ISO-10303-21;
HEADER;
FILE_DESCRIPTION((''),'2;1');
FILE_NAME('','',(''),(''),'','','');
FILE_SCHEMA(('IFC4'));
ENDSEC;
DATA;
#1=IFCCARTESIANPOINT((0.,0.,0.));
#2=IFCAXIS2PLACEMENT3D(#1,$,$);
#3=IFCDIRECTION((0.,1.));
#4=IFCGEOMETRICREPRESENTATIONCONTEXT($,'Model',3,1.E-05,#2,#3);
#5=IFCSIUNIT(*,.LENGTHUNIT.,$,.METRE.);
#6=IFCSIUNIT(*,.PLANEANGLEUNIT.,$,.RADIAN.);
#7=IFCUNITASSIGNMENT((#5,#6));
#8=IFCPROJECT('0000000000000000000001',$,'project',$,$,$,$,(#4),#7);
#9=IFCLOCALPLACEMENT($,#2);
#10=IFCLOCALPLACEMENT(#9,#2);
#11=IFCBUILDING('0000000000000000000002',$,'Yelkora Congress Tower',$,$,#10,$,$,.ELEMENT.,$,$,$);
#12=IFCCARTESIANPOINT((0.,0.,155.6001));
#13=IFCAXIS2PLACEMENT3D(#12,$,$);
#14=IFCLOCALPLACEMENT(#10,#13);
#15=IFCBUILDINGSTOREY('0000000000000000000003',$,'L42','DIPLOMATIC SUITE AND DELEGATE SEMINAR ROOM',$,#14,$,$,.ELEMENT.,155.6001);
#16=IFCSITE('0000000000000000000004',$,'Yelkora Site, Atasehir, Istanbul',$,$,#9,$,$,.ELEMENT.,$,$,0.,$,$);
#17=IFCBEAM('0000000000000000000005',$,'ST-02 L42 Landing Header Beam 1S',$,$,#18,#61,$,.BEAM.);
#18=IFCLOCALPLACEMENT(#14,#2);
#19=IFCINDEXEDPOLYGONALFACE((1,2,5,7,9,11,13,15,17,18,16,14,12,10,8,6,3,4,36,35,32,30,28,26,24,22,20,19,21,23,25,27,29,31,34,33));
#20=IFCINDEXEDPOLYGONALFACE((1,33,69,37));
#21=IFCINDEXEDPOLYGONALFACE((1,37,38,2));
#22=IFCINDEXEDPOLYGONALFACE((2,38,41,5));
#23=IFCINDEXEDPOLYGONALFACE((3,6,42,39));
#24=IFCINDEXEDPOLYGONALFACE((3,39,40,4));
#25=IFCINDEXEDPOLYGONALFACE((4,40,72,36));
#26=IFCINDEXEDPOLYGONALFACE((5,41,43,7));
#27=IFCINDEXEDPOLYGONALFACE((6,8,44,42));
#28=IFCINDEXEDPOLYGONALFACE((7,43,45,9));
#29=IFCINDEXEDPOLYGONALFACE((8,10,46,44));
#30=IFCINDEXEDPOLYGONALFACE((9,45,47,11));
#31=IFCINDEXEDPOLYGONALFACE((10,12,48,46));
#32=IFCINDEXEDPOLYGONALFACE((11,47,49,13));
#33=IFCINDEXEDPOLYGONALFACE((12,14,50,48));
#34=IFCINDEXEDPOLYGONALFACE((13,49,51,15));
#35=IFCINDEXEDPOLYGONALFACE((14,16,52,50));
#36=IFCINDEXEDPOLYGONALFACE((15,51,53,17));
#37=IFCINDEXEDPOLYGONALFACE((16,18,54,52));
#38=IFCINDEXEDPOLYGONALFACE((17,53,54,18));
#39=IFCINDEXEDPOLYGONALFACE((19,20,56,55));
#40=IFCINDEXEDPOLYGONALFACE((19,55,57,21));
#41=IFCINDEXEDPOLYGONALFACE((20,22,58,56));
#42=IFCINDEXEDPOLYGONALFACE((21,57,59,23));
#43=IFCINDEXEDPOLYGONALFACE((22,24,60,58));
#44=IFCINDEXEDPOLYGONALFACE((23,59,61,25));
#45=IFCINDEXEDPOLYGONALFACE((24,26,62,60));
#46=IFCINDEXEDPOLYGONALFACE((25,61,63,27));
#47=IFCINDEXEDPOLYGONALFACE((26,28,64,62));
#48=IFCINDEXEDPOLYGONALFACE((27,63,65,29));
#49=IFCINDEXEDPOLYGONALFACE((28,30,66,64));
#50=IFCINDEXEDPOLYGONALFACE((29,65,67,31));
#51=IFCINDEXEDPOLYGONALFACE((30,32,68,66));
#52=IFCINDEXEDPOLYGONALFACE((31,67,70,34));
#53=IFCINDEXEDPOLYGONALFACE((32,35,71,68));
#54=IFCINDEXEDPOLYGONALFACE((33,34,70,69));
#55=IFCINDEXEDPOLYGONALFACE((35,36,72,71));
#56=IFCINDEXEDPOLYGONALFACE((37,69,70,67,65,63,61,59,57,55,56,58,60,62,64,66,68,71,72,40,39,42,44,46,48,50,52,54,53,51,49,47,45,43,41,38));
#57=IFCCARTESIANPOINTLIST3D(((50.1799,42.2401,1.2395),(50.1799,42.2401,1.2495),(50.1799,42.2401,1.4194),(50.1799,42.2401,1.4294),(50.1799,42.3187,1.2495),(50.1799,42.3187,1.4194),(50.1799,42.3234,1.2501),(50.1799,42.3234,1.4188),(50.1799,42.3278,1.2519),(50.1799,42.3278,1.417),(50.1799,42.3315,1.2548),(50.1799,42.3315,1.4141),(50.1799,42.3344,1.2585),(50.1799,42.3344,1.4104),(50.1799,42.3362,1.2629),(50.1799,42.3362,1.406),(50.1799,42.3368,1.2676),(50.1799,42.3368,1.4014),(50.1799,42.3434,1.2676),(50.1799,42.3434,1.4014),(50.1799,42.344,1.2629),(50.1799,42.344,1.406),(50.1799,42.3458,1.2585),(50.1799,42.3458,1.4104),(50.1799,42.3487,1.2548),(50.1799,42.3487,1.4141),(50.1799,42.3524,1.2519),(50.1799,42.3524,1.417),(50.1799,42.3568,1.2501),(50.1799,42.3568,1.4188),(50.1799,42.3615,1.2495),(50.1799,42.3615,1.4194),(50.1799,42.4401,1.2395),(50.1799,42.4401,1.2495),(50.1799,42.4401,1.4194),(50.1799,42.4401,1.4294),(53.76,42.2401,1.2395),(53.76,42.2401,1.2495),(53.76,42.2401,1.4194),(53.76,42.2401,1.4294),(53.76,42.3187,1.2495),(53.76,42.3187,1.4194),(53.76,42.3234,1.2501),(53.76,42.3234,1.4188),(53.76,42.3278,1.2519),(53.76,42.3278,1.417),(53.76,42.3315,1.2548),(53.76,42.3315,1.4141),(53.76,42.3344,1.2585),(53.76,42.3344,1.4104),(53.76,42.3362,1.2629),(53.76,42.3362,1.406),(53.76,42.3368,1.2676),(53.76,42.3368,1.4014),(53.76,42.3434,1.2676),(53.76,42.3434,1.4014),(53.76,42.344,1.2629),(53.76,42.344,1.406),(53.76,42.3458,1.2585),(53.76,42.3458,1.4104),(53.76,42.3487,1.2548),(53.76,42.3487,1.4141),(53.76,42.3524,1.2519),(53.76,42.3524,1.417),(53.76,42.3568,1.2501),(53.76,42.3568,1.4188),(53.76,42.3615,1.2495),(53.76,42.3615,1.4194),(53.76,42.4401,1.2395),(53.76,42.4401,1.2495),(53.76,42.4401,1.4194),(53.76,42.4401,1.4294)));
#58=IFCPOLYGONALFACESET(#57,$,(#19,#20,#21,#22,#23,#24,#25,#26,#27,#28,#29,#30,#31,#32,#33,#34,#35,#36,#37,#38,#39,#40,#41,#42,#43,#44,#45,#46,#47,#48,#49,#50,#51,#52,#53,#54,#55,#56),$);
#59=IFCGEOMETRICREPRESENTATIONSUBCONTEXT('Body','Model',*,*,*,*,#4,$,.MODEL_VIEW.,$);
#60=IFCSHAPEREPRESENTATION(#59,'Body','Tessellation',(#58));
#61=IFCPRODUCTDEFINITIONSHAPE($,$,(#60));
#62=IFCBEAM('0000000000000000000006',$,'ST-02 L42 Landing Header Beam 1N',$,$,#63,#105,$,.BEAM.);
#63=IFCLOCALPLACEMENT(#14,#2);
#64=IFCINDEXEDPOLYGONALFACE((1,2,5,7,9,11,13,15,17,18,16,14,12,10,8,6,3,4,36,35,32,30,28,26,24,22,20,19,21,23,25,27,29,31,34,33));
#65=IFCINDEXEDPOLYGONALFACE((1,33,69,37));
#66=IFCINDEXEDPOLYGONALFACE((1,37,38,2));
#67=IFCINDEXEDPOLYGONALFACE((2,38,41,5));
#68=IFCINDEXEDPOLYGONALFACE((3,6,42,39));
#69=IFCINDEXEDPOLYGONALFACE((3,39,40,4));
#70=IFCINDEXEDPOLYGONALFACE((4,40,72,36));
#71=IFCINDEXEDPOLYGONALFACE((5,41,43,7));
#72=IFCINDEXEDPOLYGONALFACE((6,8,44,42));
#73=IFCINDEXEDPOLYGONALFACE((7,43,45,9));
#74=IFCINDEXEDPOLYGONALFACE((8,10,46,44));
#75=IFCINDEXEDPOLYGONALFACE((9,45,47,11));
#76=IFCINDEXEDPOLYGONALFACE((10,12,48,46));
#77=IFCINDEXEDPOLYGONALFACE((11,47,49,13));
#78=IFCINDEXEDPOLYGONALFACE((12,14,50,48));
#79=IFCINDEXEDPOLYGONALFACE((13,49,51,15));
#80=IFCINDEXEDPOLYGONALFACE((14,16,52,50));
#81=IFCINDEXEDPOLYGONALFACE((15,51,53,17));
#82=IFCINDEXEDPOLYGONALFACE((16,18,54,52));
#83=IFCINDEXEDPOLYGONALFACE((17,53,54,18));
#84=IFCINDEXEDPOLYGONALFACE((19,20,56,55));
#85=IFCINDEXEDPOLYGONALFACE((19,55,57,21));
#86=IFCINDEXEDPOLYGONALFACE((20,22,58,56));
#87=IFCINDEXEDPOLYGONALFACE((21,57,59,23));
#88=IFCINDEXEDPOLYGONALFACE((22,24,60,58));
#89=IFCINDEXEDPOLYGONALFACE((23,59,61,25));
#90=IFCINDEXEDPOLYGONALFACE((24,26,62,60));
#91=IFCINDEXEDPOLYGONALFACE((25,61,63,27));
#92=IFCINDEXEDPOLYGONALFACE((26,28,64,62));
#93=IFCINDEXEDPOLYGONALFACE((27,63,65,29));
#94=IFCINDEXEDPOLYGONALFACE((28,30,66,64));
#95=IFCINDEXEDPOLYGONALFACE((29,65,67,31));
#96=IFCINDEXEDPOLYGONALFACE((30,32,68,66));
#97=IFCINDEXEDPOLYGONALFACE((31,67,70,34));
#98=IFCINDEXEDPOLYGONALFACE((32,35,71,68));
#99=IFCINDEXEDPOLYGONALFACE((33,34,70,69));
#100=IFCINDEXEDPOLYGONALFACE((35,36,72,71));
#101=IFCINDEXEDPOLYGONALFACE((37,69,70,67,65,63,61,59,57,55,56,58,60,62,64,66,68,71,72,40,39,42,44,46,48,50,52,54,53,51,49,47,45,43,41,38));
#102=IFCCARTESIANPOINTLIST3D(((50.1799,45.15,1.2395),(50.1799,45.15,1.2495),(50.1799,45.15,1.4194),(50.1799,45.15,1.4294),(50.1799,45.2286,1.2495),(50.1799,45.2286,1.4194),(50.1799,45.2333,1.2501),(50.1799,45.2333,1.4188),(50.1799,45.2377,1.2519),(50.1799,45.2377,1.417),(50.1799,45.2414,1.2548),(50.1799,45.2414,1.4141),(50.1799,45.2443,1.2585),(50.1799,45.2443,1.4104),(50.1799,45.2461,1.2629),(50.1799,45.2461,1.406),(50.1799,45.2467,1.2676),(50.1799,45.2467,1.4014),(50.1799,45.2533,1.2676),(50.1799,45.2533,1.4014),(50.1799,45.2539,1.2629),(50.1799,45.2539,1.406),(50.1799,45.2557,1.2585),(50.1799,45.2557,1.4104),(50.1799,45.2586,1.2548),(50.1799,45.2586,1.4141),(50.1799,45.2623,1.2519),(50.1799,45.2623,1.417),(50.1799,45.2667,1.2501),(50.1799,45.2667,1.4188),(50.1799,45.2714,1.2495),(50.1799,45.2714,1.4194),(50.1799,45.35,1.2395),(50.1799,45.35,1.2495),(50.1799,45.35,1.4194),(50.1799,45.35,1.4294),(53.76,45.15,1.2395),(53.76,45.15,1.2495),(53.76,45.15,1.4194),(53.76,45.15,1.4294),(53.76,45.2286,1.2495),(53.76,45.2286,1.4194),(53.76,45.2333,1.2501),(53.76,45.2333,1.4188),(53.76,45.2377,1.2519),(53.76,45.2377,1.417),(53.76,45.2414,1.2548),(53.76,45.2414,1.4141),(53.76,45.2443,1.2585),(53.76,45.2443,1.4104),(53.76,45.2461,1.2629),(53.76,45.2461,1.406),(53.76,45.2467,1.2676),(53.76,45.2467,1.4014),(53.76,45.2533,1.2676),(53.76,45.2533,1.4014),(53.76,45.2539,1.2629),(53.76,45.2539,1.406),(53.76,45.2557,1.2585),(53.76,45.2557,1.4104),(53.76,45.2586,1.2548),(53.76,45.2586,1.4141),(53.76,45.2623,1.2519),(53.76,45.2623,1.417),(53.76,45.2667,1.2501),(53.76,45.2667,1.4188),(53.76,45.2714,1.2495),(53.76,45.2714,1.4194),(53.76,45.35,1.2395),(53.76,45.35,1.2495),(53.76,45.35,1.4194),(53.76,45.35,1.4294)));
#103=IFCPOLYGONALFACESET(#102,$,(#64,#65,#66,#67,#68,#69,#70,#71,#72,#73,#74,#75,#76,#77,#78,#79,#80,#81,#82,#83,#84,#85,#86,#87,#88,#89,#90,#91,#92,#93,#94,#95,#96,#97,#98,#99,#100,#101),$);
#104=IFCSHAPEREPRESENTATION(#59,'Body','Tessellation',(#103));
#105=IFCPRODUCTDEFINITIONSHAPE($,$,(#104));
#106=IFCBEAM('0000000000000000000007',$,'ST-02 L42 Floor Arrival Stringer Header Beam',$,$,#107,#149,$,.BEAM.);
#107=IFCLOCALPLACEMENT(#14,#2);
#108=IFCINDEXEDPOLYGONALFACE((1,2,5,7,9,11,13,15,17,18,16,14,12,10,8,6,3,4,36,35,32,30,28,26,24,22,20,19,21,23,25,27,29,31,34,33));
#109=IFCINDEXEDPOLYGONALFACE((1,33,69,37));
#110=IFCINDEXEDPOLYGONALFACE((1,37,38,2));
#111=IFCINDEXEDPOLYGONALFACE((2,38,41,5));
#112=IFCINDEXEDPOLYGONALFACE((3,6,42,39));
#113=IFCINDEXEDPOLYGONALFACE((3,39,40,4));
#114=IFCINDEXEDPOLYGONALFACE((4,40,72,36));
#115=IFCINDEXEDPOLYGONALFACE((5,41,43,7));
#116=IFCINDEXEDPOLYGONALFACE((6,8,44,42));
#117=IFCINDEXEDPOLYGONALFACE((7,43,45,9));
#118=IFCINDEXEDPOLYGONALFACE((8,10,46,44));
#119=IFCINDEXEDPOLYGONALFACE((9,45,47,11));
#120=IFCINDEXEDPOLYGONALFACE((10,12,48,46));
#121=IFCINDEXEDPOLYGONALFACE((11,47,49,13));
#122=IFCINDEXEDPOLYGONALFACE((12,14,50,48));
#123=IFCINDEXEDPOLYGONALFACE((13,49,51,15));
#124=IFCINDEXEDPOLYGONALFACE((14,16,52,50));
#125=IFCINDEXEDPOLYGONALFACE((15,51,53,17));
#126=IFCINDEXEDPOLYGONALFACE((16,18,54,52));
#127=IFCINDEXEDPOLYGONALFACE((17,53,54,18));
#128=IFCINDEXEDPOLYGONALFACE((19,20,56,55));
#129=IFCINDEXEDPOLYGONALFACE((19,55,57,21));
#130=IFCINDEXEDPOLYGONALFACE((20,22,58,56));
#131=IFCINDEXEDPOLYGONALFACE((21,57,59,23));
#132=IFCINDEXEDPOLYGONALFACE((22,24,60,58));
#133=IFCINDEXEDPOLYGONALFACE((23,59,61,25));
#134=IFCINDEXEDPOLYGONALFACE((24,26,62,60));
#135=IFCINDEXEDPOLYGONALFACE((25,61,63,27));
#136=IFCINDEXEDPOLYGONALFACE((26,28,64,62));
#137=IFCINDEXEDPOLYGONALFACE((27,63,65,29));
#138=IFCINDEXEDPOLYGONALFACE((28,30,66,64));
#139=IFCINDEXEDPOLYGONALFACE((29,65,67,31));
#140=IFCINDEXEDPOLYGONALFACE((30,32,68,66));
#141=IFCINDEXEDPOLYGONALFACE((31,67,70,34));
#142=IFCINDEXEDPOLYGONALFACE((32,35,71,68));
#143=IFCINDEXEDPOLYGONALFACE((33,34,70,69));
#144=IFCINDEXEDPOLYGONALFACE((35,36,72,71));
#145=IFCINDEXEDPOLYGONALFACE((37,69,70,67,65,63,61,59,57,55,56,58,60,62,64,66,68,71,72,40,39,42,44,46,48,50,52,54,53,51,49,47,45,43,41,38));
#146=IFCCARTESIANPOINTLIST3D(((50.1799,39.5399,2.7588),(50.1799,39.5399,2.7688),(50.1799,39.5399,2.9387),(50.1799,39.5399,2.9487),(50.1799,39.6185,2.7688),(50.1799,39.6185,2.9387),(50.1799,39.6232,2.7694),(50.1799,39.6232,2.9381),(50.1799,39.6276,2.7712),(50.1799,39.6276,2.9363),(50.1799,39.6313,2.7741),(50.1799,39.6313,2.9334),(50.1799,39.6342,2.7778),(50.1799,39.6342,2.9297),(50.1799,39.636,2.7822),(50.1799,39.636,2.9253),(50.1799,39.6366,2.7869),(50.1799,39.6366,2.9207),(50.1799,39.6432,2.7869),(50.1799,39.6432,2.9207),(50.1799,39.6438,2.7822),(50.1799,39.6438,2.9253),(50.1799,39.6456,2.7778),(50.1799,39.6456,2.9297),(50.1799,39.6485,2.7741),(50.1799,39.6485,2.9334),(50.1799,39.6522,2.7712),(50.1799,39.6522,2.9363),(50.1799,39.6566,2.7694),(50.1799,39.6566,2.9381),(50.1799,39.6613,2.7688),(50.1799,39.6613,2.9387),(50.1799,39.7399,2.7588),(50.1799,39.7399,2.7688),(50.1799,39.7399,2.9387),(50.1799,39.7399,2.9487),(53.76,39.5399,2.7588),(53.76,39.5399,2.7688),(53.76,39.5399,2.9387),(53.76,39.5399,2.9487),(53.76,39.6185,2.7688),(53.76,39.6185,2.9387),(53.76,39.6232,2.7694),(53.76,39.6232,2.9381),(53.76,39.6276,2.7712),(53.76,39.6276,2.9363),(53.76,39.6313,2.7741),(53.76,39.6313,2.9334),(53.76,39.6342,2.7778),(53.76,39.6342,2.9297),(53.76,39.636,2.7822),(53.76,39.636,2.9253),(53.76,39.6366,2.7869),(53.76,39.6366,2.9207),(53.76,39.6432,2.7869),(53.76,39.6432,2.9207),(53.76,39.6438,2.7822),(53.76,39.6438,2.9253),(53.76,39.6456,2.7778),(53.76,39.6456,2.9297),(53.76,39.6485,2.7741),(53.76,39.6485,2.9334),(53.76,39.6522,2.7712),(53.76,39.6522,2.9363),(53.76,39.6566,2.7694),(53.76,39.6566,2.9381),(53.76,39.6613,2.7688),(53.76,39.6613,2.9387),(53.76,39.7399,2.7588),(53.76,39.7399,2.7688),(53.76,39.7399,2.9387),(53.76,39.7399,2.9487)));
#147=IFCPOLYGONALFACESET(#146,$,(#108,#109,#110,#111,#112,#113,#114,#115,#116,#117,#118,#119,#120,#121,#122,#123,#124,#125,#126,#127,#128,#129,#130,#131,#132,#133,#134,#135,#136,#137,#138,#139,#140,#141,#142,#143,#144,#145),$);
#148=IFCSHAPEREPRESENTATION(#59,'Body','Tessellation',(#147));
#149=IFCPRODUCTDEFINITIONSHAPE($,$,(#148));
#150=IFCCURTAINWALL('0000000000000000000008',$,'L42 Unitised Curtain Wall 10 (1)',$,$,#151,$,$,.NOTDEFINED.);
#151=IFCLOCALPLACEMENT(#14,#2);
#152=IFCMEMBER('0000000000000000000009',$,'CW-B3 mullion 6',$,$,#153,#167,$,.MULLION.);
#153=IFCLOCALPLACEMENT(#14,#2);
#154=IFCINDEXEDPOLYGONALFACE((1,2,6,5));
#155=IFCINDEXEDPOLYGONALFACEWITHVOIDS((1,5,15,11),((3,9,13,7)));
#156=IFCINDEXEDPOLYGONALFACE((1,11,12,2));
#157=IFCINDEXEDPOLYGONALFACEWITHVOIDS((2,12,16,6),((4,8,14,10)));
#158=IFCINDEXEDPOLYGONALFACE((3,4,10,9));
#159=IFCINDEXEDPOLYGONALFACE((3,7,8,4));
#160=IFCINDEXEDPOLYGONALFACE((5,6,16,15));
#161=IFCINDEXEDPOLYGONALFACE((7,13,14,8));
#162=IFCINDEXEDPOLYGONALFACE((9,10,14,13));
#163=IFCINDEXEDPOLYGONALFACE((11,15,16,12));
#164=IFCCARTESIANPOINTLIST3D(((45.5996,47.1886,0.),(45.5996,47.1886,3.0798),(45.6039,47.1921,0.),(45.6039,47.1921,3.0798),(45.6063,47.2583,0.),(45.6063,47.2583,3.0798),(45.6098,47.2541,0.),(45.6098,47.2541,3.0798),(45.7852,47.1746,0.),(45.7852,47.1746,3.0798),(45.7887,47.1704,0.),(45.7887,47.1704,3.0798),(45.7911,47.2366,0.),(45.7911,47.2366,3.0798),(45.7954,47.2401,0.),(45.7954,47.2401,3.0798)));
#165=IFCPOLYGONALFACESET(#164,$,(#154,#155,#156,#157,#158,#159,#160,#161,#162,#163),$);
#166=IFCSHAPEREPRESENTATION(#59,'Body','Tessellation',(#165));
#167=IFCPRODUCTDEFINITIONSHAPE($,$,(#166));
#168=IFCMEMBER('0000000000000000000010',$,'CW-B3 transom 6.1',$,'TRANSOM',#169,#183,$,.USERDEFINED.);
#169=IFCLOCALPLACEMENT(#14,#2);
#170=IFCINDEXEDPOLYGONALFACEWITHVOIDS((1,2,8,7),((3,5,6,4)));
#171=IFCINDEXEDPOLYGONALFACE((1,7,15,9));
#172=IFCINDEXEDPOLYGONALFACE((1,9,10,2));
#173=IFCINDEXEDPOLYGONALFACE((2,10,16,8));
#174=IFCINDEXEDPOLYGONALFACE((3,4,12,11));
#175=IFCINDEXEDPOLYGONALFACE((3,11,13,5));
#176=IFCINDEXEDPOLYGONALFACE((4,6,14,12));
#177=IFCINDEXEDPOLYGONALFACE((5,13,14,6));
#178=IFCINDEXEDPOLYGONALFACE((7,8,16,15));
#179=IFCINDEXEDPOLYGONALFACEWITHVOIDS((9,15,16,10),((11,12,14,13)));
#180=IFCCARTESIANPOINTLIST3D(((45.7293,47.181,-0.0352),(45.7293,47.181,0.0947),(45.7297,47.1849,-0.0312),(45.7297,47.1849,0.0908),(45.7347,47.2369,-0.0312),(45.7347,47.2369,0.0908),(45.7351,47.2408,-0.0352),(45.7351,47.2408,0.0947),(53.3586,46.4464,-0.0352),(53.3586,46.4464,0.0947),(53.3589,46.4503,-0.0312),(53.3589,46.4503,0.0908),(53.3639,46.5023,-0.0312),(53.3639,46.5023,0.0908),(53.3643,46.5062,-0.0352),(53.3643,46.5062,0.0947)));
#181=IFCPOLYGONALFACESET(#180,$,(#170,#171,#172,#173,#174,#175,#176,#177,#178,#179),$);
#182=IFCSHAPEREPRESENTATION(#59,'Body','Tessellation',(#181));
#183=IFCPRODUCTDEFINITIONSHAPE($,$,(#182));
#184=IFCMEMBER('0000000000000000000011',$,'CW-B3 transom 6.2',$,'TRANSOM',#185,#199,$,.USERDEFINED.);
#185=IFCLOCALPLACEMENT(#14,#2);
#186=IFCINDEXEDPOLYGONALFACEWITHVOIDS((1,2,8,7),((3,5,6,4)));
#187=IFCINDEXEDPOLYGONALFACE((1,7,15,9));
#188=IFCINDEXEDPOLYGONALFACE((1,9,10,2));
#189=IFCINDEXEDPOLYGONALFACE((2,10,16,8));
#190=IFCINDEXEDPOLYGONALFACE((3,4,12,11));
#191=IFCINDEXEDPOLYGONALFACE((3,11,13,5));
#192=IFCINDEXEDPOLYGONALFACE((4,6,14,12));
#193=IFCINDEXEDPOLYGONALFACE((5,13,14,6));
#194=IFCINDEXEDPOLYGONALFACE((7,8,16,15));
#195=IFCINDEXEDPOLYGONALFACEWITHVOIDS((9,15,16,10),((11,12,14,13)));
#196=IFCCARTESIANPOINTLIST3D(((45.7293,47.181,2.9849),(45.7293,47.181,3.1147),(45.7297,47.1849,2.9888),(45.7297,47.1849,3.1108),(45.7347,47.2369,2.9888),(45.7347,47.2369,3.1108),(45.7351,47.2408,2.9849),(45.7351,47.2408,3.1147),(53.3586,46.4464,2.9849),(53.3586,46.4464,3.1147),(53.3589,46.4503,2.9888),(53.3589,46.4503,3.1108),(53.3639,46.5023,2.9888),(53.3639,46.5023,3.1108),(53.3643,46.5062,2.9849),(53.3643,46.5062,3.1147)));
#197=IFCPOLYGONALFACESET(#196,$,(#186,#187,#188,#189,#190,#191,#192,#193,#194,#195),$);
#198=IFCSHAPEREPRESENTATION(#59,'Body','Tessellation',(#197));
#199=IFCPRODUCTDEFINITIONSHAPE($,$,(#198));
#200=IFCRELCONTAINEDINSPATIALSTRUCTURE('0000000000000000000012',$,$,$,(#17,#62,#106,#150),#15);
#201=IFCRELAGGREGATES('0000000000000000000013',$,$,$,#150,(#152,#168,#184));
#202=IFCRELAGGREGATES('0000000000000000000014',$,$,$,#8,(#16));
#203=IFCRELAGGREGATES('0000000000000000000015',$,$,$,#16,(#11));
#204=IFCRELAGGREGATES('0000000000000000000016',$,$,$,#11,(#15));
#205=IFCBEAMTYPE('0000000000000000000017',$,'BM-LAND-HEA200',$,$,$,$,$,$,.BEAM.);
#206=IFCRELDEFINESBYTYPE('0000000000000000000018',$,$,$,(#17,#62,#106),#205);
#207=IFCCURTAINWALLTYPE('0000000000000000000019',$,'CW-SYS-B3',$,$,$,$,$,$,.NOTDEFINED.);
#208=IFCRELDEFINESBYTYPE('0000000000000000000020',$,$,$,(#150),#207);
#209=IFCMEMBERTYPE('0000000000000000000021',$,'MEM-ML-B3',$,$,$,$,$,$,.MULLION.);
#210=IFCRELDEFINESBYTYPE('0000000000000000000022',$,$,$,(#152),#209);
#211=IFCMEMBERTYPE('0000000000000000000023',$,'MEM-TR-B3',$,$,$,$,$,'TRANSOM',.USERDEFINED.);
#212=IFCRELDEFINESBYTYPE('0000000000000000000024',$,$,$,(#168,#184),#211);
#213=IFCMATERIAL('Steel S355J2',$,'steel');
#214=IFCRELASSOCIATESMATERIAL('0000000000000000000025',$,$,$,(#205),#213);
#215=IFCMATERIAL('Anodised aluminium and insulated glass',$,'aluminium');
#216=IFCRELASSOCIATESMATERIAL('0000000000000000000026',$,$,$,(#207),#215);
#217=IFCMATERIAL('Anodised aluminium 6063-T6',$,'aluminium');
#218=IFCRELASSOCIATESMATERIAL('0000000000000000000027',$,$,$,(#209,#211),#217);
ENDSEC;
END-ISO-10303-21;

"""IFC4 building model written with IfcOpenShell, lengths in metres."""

from ifc_helpers import new_model, si_unit, direction, frame, origin, origin_2d, place, context, subcontext, project, spatial, hollow_rectangle, i_section, extrude, material, material_profile, profile_set, type_object, element, aggregate, save


model = new_model("IFC4")

# Units and contexts
model_context = context("Model", 3, precision=1e-05, world=origin(), true_north=direction((0.0, 1.0)))
body_context = subcontext(model_context, "Body", "Model", "MODEL_VIEW")
ifc_project = project(units=[si_unit("LENGTHUNIT", "METRE"), si_unit("PLANEANGLEUNIT", "RADIAN")], contexts=[model_context])

# Site, building, storey
site_placement = place(None, origin())
site = spatial("IfcSite", under=ifc_project, at=site_placement, Name="Yelkora Site, Atasehir, Istanbul", CompositionType="ELEMENT", RefElevation=0.0)
building_placement = place(site_placement, origin())
building = spatial("IfcBuilding", under=site, at=building_placement, Name="Yelkora Congress Tower", CompositionType="ELEMENT")
storey_placement = place(building_placement, frame((0.0, 0.0, 155.6001)))
storey = spatial("IfcBuildingStorey", under=building, at=storey_placement, Name="L42", Description="DIPLOMATIC SUITE AND DELEGATE SEMINAR ROOM", CompositionType="ELEMENT", Elevation=155.6001)

# Beams
ifc_material_1 = material(Name="Steel S355J2", Category="steel")
ifc_material_profile_1 = material_profile(ifc_material_1, i_section(OverallWidth=0.2, OverallDepth=0.1899, WebThickness=0.0066, FlangeThickness=0.01, FilletRadius=0.0181, at=origin_2d()), Name="HEA 200")
ifc_profile_set_1 = profile_set([ifc_material_profile_1], Name="Steel S355J2")
beam_type_1 = type_object("IfcBeamType", Name="BM-LAND-HEA200", PredefinedType="BEAM", material=ifc_profile_set_1)
for number, where, z_axis, x_axis, name in (
    (1, (50.1799, 42.3401, 1.3345), (1.0, 0.0, 0.0), (0.0, 1.0, 0.0), "ST-02 L42 Landing Header Beam 1S"),
    (2, (50.1799, 45.25, 1.3345), (1.0, 0.0, 0.0), (0.0, 1.0, 0.0), "ST-02 L42 Landing Header Beam 1N"),
    (3, (50.1799, 39.6399, 2.8538), (1.0, 0.0, 0.0), (0.0, 1.0, 0.0), "ST-02 L42 Floor Arrival Stringer Header Beam"),
):
    element("IfcBeam", number, at=place(storey_placement, frame(where, z_axis=z_axis, x_axis=x_axis)), inside=storey, type_object=beam_type_1, Name=name, PredefinedType="BEAM", context=body_context, shape_type="SweptSolid", body=[
        extrude(i_section(OverallWidth=0.2, OverallDepth=0.1899, WebThickness=0.0066, FlangeThickness=0.01, FilletRadius=0.0181, at=origin_2d()), origin(), (0.0, 0.0, 1.0), 3.5801),
    ])

# Curtain wall, members
ifc_material_2 = material(Name="Anodised aluminium and insulated glass", Category="aluminium")
curtain_wall_type = type_object("IfcCurtainWallType", Name="CW-SYS-B3", PredefinedType="NOTDEFINED", material=ifc_material_2)
curtain_wall_placement = place(storey_placement, origin())
curtain_wall = element("IfcCurtainWall", 4, at=curtain_wall_placement, inside=storey, type_object=curtain_wall_type, Name="L42 Unitised Curtain Wall 10 (1)", PredefinedType="NOTDEFINED")
ifc_material_3 = material(Name="Anodised aluminium 6063-T6", Category="aluminium")
ifc_material_profile_2 = material_profile(ifc_material_3, hollow_rectangle(XDim=0.0701, YDim=0.1899, WallThickness=0.0039, at=origin_2d()), Name="ALU 70x190x4")
ifc_profile_set_2 = profile_set([ifc_material_profile_2], Name="Anodised aluminium 6063-T6")
member_type_1 = type_object("IfcMemberType", Name="MEM-ML-B3", PredefinedType="MULLION", material=ifc_profile_set_2)
member_1_placement = place(storey_placement, frame((45.6975, 47.2144, 0.0), z_axis=(0.0, 0.0, 1.0), x_axis=(0.095845, 0.995396, 0.0)))
member_1 = element("IfcMember", 5, at=member_1_placement, type_object=member_type_1, Name="CW-B3 mullion 6", PredefinedType="MULLION", context=body_context, shape_type="SweptSolid", body=[
    extrude(hollow_rectangle(XDim=0.0701, YDim=0.1899, WallThickness=0.0039, at=origin_2d()), origin(), (0.0, 0.0, 1.0), 3.0798),
])
ifc_material_profile_3 = material_profile(ifc_material_3, hollow_rectangle(XDim=0.0601, YDim=0.1299, WallThickness=0.0039, at=origin_2d()), Name="ALU 60x130x4")
ifc_profile_set_3 = profile_set([ifc_material_profile_3], Name="Anodised aluminium 6063-T6")
member_type_2 = type_object("IfcMemberType", Name="MEM-TR-B3", ElementType="TRANSOM", PredefinedType="USERDEFINED", material=ifc_profile_set_3)
member_2_placement = place(storey_placement, frame((45.7322, 47.2109, 0.0298), z_axis=(0.995396, -0.095848, 0.0), x_axis=(0.095848, 0.995396, 0.0)))
member_2 = element("IfcMember", 6, at=member_2_placement, type_object=member_type_2, Name="CW-B3 transom 6.1", ObjectType="TRANSOM", PredefinedType="USERDEFINED", context=body_context, shape_type="SweptSolid", body=[
    extrude(hollow_rectangle(XDim=0.0601, YDim=0.1299, WallThickness=0.0039, at=origin_2d()), origin(), (0.0, 0.0, 1.0), 7.6646),
])
member_3_placement = place(storey_placement, frame((45.7322, 47.2109, 3.0498), z_axis=(0.995396, -0.095848, 0.0), x_axis=(0.095848, 0.995396, 0.0)))
member_3 = element("IfcMember", 7, at=member_3_placement, type_object=member_type_2, Name="CW-B3 transom 6.2", ObjectType="TRANSOM", PredefinedType="USERDEFINED", context=body_context, shape_type="SweptSolid", body=[
    extrude(hollow_rectangle(XDim=0.0601, YDim=0.1299, WallThickness=0.0039, at=origin_2d()), origin(), (0.0, 0.0, 1.0), 7.6646),
])
aggregate(curtain_wall, [member_1, member_2, member_3])

save(model, "model.ifc")
